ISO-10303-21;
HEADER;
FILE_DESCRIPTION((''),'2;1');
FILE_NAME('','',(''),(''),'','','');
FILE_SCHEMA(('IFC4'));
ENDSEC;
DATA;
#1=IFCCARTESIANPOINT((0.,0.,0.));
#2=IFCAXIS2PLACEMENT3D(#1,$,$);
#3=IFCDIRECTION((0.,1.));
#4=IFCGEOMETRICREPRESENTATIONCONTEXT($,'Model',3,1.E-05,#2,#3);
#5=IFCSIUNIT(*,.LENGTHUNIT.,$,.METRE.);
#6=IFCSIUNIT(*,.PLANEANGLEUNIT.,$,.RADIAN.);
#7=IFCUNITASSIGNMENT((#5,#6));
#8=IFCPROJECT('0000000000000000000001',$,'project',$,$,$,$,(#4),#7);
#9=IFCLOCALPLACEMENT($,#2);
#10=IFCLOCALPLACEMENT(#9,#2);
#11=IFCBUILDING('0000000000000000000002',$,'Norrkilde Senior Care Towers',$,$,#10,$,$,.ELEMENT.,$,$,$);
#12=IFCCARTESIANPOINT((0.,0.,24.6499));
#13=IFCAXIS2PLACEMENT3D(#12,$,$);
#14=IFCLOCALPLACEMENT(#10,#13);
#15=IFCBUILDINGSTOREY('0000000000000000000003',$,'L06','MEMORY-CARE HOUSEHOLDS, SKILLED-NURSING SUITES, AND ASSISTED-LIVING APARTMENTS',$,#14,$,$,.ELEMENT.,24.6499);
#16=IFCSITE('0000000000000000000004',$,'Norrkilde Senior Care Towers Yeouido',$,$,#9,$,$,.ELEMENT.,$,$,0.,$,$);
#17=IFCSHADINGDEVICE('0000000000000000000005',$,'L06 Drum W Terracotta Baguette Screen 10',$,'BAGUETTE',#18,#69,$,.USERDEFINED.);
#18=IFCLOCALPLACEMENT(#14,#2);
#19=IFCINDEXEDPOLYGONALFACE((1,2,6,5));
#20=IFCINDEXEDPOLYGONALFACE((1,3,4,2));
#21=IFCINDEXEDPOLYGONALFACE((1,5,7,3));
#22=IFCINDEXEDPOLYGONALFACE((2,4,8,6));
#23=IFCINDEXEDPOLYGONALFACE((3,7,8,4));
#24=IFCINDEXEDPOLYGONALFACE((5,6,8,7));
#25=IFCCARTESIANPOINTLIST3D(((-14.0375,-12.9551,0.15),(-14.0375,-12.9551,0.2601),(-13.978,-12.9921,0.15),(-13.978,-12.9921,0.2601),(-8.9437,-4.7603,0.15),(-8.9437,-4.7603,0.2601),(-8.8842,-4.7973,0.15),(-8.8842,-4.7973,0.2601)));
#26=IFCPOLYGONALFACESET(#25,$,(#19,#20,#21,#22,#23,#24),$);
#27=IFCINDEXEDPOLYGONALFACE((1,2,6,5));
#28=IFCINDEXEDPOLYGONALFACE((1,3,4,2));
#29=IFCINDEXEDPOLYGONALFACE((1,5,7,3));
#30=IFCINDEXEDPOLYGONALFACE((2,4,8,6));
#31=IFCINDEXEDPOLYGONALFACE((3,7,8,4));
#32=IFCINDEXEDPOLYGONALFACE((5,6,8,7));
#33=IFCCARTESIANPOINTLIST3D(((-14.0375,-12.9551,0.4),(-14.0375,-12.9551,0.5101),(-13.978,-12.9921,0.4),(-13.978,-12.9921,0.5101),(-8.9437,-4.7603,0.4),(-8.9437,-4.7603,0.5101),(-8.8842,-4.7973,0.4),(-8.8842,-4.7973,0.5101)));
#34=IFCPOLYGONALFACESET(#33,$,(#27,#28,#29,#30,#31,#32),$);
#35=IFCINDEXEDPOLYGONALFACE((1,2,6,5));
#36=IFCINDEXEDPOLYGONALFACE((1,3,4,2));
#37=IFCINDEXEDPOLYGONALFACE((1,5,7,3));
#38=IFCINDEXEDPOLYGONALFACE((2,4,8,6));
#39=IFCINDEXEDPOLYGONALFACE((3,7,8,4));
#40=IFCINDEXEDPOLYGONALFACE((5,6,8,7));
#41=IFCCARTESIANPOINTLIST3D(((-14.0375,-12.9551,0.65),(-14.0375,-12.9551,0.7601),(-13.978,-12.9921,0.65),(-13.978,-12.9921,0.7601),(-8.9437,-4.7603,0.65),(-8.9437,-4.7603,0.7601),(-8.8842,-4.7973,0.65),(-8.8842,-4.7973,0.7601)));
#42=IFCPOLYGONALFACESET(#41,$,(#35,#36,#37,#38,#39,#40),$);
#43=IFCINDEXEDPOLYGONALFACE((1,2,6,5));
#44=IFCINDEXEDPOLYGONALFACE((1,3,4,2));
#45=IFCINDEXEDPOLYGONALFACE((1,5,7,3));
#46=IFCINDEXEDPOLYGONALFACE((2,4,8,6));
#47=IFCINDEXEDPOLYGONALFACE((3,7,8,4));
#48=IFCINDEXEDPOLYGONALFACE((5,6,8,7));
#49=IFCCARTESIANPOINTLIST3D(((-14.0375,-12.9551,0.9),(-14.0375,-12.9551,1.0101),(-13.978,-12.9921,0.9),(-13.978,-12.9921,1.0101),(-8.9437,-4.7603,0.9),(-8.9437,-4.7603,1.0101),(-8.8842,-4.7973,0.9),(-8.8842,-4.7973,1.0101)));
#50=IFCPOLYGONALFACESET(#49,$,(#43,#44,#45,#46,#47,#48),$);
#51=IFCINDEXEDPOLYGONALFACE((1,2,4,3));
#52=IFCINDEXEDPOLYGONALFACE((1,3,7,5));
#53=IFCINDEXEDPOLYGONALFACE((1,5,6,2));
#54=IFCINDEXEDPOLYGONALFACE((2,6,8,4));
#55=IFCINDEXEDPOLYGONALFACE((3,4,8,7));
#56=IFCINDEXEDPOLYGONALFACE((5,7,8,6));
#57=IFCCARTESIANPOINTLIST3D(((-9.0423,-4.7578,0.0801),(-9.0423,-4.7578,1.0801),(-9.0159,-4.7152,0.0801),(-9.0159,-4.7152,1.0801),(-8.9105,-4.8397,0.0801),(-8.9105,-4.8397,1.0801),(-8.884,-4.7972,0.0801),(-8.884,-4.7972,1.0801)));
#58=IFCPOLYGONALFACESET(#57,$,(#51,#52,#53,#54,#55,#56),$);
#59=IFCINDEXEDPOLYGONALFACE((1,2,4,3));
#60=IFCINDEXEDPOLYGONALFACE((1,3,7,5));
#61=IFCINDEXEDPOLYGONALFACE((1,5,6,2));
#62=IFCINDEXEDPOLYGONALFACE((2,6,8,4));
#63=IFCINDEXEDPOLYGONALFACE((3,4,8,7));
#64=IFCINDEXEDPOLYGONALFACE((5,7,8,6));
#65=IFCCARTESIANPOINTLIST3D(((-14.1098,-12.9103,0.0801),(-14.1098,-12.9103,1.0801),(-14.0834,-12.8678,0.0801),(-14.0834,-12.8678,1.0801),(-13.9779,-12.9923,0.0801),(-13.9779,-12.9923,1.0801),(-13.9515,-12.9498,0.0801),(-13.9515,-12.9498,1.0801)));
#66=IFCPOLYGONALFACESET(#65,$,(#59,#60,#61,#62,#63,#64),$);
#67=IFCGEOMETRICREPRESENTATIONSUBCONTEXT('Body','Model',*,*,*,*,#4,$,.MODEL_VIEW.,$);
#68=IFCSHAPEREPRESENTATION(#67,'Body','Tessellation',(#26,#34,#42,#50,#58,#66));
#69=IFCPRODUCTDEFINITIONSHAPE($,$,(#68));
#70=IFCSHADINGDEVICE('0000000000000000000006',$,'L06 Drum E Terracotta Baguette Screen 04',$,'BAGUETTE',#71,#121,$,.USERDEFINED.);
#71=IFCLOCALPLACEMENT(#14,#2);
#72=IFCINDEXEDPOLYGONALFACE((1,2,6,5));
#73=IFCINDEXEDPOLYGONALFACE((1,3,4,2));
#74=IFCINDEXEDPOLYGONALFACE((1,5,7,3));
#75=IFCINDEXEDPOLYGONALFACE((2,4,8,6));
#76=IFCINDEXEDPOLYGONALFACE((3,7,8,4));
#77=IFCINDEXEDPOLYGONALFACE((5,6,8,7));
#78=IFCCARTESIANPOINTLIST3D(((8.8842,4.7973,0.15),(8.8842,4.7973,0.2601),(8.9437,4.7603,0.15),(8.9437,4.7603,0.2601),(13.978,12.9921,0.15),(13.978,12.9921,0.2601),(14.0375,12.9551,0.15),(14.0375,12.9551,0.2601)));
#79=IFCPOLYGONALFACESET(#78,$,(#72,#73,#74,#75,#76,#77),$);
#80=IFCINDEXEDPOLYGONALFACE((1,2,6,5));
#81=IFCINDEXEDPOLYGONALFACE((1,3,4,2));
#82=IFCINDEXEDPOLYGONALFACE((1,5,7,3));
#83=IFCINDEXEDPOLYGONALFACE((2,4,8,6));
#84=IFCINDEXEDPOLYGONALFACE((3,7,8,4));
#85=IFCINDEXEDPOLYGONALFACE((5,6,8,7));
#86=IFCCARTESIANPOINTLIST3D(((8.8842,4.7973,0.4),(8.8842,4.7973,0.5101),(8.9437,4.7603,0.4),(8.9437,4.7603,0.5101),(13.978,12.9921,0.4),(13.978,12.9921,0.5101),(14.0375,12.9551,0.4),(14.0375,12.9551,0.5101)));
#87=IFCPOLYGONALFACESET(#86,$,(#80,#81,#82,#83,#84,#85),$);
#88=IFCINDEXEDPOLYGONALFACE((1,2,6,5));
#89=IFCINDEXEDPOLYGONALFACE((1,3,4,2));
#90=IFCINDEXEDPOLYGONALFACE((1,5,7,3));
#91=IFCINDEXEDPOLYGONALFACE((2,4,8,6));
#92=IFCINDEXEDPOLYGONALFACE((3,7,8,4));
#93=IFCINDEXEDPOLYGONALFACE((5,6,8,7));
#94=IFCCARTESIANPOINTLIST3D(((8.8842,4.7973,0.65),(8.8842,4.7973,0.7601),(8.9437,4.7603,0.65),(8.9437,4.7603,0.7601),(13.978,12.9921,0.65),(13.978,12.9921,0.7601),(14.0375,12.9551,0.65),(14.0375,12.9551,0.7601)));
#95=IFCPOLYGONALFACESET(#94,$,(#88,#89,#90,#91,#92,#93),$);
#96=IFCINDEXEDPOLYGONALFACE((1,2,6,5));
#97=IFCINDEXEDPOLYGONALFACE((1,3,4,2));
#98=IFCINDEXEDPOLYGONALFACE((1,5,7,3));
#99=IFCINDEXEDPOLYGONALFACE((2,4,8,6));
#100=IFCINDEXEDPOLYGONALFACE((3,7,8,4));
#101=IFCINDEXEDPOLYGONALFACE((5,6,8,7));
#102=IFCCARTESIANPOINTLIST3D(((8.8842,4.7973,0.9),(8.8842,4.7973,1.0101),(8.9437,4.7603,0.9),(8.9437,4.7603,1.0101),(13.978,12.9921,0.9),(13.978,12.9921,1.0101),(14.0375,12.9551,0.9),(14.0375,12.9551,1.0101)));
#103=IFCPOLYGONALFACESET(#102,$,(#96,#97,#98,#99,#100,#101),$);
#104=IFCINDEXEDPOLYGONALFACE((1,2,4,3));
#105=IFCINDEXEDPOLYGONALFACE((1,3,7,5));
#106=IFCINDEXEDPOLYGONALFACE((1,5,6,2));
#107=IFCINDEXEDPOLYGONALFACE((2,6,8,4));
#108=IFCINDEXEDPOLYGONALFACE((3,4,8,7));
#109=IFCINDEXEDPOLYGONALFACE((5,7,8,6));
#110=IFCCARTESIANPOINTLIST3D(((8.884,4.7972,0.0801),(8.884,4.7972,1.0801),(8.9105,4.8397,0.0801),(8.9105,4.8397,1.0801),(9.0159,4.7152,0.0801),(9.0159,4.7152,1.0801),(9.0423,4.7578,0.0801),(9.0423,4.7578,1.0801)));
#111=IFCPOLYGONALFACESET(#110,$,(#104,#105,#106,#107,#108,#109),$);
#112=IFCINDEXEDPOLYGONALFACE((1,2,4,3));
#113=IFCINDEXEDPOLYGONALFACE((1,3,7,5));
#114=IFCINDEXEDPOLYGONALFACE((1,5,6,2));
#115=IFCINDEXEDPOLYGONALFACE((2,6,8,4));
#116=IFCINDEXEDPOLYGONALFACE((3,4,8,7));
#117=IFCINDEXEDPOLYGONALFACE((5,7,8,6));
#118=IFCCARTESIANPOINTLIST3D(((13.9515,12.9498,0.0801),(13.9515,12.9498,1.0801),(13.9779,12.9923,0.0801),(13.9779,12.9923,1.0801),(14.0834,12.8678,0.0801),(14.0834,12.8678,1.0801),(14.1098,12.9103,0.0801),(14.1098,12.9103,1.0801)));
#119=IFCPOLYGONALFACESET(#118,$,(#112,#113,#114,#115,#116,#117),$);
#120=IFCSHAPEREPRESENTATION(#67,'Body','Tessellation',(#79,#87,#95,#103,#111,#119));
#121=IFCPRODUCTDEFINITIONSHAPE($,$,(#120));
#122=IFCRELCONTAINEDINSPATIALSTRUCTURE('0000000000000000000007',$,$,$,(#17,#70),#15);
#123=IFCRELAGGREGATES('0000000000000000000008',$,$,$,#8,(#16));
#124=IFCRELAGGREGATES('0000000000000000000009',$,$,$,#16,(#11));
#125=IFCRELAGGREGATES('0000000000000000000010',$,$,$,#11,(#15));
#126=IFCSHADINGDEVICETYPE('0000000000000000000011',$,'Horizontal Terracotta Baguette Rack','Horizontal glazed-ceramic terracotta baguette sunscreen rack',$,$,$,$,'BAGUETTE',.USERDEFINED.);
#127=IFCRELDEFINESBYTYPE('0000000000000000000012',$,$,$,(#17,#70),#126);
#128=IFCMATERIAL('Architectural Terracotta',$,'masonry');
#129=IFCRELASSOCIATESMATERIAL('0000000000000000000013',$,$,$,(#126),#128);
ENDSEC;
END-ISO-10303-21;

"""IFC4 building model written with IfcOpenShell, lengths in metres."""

from ifc_helpers import new_model, si_unit, direction, frame, origin, origin_2d, place, context, subcontext, project, spatial, rectangle, extrude, source, transform, mapped, material, type_object, type_shapes, element, save


model = new_model("IFC4")

# Units and contexts
model_context = context("Model", 3, precision=1e-05, world=origin(), true_north=direction((0.0, 1.0)))
body_context = subcontext(model_context, "Body", "Model", "MODEL_VIEW")
ifc_project = project(units=[si_unit("LENGTHUNIT", "METRE"), si_unit("PLANEANGLEUNIT", "RADIAN")], contexts=[model_context])

# Site, building, storey
site_placement = place(None, origin())
site = spatial("IfcSite", under=ifc_project, at=site_placement, Name="Norrkilde Senior Care Towers Yeouido", CompositionType="ELEMENT", RefElevation=0.0)
building_placement = place(site_placement, origin())
building = spatial("IfcBuilding", under=site, at=building_placement, Name="Norrkilde Senior Care Towers", CompositionType="ELEMENT")
storey_placement = place(building_placement, frame((0.0, 0.0, 24.6499)))
storey = spatial("IfcBuildingStorey", under=building, at=storey_placement, Name="L06", Description="MEMORY-CARE HOUSEHOLDS, SKILLED-NURSING SUITES, AND ASSISTED-LIVING APARTMENTS", CompositionType="ELEMENT", Elevation=24.6499)

# Shading devices
ifc_material_1 = material(Name="Architectural Terracotta", Category="masonry")
shading_device_type = type_object("IfcShadingDeviceType", Name="Horizontal Terracotta Baguette Rack", Description="Horizontal glazed-ceramic terracotta baguette sunscreen rack", ElementType="BAGUETTE", PredefinedType="USERDEFINED", material=ifc_material_1)
shared_shape_1 = source(origin(), body_context, "Body", "SweptSolid", [
    extrude(rectangle(XDim=0.0701, YDim=0.1101, at=origin_2d()), frame((0.0, 0.0901, 0.125), z_axis=(1.0, 0.0, 0.0), x_axis=(0.0, 1.0, 0.0)), (0.0, 0.0, 1.0), 9.6489),
    extrude(rectangle(XDim=0.0701, YDim=0.1101, at=origin_2d()), frame((0.0, 0.0901, 0.375), z_axis=(1.0, 0.0, 0.0), x_axis=(0.0, 1.0, 0.0)), (0.0, 0.0, 1.0), 9.6489),
    extrude(rectangle(XDim=0.0701, YDim=0.1101, at=origin_2d()), frame((0.0, 0.0901, 0.625), z_axis=(1.0, 0.0, 0.0), x_axis=(0.0, 1.0, 0.0)), (0.0, 0.0, 1.0), 9.6489),
    extrude(rectangle(XDim=0.0701, YDim=0.1101, at=origin_2d()), frame((0.0, 0.0901, 0.875), z_axis=(1.0, 0.0, 0.0), x_axis=(0.0, 1.0, 0.0)), (0.0, 0.0, 1.0), 9.6489),
    extrude(rectangle(XDim=0.05, YDim=0.1553, at=origin_2d()), frame((0.0249, 0.0476, 0.0)), (0.0, 0.0, 1.0), 1.0),
    extrude(rectangle(XDim=0.05, YDim=0.1553, at=origin_2d()), frame((9.624, 0.0476, 0.0)), (0.0, 0.0, 1.0), 1.0),
])
type_shapes(shading_device_type, [shared_shape_1])
for number, where, z_axis, x_axis, name in (
    (1, (-8.9905, -4.7312, 0.0801), (0.0, 0.0, 1.0), (-0.527909, -0.849299, 0.0), "L06 Drum W Terracotta Baguette Screen 10"),
    (2, (8.9905, 4.7312, 0.0801), (0.0, 0.0, 1.0), (0.527909, 0.849299, 0.0), "L06 Drum E Terracotta Baguette Screen 04"),
):
    element("IfcShadingDevice", number, at=place(storey_placement, frame(where, z_axis=z_axis, x_axis=x_axis)), inside=storey, type_object=shading_device_type, Name=name, ObjectType="BAGUETTE", PredefinedType="USERDEFINED", context=body_context, shape_type="MappedRepresentation", body=[
        mapped(shared_shape_1, transform((0.0, 0.0, 0.0), x_axis=(1.0, 0.0, 0.0), y_axis=(0.0, 1.0, 0.0), z_axis=(0.0, 0.0, 1.0), scale=1.0)),
    ])

save(model, "model.ifc")
